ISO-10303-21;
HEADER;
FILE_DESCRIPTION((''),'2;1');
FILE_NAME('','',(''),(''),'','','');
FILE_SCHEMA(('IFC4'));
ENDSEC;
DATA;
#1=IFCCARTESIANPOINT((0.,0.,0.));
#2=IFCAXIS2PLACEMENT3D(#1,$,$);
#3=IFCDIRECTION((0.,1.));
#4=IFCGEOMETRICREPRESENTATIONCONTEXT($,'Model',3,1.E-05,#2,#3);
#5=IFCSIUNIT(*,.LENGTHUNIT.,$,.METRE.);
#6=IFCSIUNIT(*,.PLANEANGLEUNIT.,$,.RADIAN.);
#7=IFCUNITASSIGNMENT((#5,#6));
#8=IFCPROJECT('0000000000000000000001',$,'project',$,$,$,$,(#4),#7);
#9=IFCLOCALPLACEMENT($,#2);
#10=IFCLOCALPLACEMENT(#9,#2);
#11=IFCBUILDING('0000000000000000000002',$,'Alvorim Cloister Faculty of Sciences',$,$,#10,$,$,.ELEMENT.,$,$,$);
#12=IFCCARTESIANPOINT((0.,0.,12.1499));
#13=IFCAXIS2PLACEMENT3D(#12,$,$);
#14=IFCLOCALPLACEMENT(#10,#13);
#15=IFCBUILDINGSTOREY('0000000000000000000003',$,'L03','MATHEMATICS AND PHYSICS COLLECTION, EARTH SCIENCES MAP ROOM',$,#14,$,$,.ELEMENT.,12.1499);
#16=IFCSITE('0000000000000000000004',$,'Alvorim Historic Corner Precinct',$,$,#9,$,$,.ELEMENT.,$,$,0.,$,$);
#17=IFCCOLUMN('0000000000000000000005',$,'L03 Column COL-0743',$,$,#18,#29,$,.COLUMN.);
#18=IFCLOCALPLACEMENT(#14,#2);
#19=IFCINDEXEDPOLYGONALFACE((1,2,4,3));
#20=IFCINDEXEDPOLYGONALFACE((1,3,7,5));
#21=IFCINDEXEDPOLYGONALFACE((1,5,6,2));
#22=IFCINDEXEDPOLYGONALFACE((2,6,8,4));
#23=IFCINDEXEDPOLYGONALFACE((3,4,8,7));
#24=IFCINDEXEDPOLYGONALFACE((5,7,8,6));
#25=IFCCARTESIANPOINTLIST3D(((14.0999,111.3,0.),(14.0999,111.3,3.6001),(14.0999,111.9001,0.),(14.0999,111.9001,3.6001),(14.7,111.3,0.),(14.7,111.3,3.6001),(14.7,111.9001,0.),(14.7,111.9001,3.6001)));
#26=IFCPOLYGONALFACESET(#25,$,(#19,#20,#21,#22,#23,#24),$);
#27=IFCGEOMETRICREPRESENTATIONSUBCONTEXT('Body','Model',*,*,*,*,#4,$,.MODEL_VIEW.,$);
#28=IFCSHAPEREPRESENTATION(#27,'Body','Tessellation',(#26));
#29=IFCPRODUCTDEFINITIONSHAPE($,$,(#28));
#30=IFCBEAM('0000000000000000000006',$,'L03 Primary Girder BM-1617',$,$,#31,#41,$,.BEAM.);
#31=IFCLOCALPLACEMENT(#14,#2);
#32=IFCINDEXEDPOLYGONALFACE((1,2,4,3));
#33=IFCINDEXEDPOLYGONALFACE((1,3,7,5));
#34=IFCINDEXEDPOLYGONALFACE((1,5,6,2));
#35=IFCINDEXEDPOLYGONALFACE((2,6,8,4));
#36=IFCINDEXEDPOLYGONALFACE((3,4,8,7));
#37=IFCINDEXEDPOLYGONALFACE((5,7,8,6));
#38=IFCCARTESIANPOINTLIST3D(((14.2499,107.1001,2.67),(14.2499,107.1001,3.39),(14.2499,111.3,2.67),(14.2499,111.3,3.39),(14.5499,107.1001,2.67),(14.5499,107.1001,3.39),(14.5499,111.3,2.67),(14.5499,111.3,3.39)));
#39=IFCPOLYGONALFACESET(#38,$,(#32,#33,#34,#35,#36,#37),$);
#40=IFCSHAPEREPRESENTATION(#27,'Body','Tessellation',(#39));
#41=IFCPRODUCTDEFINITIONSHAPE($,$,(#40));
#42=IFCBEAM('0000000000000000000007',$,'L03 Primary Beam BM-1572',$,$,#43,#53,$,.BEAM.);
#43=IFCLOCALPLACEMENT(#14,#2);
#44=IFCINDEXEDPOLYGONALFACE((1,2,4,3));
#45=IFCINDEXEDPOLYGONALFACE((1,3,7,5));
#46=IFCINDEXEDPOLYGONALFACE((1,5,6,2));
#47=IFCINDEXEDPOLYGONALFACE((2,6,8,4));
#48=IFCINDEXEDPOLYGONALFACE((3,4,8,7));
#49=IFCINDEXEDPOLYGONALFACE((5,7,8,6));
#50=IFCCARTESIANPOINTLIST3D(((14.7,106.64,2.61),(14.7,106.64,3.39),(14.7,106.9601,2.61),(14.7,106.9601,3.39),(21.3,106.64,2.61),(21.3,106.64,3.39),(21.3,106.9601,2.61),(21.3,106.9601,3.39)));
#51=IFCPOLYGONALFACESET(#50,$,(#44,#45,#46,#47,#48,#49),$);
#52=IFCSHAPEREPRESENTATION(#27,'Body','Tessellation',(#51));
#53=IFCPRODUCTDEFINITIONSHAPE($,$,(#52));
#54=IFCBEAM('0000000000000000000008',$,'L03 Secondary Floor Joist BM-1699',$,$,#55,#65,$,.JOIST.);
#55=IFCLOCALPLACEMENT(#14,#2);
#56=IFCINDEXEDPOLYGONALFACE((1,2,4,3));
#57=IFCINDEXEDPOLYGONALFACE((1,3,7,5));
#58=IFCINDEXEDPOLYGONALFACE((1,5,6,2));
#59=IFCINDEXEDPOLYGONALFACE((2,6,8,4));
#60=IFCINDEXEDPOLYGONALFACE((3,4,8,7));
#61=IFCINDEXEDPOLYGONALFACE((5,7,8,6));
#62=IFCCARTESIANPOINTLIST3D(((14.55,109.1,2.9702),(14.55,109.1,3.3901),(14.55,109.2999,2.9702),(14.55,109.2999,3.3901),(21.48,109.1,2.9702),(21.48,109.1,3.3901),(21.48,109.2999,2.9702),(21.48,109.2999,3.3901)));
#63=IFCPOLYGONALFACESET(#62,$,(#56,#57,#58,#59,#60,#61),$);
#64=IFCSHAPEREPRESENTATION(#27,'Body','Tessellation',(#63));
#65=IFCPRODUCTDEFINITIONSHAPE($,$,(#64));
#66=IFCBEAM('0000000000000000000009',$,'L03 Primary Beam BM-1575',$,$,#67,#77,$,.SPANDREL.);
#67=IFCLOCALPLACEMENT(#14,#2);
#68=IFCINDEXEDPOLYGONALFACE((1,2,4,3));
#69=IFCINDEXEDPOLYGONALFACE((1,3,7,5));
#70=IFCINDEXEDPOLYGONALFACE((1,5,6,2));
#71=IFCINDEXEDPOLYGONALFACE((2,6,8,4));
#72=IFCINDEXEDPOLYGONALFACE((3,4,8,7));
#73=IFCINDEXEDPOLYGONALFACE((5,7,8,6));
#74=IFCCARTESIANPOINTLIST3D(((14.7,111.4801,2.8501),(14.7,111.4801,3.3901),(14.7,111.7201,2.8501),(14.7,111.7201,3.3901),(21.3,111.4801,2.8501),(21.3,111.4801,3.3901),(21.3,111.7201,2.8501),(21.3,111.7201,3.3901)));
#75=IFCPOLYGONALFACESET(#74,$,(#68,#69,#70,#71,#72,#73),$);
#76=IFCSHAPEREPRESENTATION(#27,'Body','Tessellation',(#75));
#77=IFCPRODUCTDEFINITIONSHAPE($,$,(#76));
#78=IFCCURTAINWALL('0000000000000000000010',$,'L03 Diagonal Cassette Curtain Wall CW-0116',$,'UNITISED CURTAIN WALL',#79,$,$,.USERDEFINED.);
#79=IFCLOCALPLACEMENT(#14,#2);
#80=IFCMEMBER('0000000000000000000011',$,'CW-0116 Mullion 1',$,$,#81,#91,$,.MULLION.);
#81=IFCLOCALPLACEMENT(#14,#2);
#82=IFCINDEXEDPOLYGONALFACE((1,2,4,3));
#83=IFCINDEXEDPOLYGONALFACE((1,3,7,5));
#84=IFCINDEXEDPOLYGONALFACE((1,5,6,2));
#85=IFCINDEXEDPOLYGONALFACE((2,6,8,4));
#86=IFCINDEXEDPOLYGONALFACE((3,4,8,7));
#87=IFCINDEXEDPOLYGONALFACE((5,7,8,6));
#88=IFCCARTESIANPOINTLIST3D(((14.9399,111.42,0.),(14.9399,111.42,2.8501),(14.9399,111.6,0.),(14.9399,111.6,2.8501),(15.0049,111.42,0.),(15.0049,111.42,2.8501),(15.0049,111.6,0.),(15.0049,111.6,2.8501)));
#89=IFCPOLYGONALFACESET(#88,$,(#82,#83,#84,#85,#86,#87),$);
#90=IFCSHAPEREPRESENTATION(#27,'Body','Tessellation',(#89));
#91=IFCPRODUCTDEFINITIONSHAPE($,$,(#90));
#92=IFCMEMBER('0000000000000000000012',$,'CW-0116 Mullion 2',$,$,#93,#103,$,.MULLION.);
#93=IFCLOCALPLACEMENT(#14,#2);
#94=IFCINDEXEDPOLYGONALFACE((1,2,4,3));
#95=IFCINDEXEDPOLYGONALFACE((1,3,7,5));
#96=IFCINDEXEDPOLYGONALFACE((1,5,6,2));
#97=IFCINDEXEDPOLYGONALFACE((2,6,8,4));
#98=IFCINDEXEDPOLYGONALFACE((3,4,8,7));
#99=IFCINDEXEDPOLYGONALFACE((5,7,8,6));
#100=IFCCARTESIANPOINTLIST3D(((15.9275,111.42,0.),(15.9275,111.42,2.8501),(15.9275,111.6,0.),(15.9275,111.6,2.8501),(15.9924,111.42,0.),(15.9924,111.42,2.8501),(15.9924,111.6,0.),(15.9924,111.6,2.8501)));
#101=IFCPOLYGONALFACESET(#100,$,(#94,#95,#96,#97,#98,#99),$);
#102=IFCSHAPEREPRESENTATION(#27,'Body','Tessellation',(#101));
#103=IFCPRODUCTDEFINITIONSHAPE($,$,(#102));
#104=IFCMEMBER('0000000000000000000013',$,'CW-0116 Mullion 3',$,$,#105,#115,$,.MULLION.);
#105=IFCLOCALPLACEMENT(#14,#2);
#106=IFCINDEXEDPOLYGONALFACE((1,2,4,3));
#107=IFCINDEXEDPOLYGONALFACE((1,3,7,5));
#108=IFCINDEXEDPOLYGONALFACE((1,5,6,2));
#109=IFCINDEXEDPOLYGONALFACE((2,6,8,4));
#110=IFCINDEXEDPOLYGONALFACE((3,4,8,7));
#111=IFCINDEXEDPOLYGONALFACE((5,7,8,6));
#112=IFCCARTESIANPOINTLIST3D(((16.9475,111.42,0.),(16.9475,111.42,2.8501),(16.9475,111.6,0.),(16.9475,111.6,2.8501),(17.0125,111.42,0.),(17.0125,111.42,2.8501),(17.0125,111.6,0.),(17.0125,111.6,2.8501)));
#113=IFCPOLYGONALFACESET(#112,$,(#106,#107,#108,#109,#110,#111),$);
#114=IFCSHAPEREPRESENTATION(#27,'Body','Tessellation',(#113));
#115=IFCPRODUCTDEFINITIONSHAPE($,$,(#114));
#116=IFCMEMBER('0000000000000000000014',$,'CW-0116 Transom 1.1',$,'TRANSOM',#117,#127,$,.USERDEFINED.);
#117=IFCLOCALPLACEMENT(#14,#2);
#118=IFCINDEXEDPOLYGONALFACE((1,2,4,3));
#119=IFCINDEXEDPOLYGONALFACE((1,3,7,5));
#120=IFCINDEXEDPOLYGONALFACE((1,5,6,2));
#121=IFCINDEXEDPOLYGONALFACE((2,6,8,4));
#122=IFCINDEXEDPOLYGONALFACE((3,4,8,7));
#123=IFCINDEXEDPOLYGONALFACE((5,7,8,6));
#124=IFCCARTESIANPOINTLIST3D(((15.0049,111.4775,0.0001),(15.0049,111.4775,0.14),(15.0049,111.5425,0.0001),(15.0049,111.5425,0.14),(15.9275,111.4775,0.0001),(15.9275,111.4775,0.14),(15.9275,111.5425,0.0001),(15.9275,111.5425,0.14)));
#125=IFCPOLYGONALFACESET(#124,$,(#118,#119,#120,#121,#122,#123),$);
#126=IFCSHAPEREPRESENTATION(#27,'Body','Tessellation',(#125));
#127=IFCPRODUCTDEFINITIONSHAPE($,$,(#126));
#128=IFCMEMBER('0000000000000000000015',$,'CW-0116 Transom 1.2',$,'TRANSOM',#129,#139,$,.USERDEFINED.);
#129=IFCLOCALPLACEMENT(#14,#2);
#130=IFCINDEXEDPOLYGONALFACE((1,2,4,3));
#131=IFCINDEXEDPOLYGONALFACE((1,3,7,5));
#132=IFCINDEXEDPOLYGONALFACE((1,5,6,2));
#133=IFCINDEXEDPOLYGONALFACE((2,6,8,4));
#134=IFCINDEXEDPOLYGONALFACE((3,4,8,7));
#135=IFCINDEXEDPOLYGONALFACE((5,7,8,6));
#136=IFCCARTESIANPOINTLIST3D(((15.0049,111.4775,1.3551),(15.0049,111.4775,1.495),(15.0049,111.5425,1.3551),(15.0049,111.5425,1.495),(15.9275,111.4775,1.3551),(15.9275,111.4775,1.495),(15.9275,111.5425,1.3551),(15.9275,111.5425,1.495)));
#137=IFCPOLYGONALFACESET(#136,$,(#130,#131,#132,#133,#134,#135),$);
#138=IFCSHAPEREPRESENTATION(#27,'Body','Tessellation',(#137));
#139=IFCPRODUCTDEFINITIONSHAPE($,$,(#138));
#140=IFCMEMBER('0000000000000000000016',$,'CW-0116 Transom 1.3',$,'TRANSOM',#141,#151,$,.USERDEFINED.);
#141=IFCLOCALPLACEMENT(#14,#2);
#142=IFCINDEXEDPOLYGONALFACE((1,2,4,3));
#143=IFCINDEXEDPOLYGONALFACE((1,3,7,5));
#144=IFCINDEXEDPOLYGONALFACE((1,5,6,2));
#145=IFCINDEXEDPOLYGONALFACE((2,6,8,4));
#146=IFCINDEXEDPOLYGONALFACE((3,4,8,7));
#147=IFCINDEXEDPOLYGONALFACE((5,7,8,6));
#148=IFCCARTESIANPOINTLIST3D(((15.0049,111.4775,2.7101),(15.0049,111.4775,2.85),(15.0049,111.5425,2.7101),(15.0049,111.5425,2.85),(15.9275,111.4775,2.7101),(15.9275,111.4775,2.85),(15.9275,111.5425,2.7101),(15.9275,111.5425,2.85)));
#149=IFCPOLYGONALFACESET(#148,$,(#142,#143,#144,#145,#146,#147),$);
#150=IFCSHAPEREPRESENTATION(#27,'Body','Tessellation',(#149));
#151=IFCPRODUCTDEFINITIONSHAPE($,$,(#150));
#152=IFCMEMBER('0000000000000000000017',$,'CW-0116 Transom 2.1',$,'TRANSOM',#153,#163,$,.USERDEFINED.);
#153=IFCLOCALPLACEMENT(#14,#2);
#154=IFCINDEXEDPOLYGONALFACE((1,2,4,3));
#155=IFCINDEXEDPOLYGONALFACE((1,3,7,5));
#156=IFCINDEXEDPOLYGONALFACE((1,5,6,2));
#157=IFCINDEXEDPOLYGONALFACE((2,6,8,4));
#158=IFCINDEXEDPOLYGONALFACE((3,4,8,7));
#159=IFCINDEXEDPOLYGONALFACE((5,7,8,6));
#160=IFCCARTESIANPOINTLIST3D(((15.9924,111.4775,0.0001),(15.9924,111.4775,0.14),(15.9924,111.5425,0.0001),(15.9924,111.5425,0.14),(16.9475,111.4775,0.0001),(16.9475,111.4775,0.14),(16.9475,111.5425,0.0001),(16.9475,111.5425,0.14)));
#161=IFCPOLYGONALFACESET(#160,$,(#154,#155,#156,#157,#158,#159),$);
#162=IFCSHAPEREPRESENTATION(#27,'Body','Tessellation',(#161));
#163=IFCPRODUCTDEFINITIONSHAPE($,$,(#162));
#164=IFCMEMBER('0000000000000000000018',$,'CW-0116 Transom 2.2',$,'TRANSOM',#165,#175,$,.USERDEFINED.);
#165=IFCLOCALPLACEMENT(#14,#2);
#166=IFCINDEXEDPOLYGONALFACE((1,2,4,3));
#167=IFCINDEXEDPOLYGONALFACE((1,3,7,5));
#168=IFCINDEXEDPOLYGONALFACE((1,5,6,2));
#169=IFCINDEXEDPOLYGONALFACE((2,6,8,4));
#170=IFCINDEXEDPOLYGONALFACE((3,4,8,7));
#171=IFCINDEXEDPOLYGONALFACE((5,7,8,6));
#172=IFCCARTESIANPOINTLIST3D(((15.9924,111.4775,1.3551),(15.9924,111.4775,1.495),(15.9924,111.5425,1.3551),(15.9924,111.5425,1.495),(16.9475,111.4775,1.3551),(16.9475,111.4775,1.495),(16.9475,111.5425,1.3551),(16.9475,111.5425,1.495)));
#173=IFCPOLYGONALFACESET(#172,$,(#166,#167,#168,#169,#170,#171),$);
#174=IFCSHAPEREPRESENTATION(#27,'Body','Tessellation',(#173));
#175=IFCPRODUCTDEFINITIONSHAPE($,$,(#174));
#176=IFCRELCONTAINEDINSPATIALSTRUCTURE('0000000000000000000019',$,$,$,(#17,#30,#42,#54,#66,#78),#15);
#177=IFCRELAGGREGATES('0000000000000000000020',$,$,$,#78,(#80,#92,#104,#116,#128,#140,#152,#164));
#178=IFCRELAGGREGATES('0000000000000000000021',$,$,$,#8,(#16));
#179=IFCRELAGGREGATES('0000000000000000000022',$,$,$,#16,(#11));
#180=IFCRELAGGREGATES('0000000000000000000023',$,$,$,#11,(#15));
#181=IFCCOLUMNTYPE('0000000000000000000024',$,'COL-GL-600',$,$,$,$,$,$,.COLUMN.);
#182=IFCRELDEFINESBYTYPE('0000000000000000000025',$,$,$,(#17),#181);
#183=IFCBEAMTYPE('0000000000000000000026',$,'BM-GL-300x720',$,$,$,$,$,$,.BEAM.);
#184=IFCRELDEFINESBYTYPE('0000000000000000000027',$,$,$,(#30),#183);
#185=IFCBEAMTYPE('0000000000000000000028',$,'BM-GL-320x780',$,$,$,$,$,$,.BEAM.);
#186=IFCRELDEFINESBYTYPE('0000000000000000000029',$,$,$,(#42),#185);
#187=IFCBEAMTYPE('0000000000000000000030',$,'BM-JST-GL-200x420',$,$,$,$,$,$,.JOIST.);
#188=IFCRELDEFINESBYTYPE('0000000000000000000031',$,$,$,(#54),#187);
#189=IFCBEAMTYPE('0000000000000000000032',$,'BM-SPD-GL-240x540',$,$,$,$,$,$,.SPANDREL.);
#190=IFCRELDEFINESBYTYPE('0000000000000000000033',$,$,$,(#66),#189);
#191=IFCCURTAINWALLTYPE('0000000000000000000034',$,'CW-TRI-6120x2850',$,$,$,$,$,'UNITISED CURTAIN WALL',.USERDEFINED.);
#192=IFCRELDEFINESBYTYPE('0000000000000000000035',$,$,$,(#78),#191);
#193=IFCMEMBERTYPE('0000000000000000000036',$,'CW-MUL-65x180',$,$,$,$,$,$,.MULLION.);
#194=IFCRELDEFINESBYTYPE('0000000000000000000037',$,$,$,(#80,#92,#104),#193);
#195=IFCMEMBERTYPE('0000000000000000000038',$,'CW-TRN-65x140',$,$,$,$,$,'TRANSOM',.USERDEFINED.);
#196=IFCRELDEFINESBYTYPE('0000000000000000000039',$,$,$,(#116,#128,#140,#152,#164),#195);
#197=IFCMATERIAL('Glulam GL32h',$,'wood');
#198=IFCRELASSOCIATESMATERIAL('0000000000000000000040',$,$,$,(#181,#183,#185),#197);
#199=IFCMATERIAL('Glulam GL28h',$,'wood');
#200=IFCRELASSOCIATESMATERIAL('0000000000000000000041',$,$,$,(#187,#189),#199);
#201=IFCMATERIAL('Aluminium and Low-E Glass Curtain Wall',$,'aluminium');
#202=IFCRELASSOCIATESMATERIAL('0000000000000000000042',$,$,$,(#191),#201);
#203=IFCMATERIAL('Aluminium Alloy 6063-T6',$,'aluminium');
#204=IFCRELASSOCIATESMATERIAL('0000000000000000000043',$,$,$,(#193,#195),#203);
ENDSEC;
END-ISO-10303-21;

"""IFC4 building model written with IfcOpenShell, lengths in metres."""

from ifc_helpers import new_model, si_unit, direction, frame, origin, origin_2d, place, context, subcontext, project, spatial, rectangle, extrude, material, material_profile, profile_set, type_object, element, aggregate, save


model = new_model("IFC4")

# Units and contexts
model_context = context("Model", 3, precision=1e-05, world=origin(), true_north=direction((0.0, 1.0)))
body_context = subcontext(model_context, "Body", "Model", "MODEL_VIEW")
ifc_project = project(units=[si_unit("LENGTHUNIT", "METRE"), si_unit("PLANEANGLEUNIT", "RADIAN")], contexts=[model_context])

# Site, building, storey
site_placement = place(None, origin())
site = spatial("IfcSite", under=ifc_project, at=site_placement, Name="Alvorim Historic Corner Precinct", CompositionType="ELEMENT", RefElevation=0.0)
building_placement = place(site_placement, origin())
building = spatial("IfcBuilding", under=site, at=building_placement, Name="Alvorim Cloister Faculty of Sciences", CompositionType="ELEMENT")
storey_placement = place(building_placement, frame((0.0, 0.0, 12.1499)))
storey = spatial("IfcBuildingStorey", under=building, at=storey_placement, Name="L03", Description="MATHEMATICS AND PHYSICS COLLECTION, EARTH SCIENCES MAP ROOM", CompositionType="ELEMENT", Elevation=12.1499)

# Column
ifc_material_1 = material(Name="Glulam GL32h", Category="wood")
ifc_material_profile_1 = material_profile(ifc_material_1, rectangle(XDim=0.6001, YDim=0.6001, at=origin_2d()), Name="GL32-COL-600x600")
ifc_profile_set_1 = profile_set([ifc_material_profile_1], Name="Glulam GL32h")
column_type = type_object("IfcColumnType", Name="COL-GL-600", PredefinedType="COLUMN", material=ifc_profile_set_1)
column_placement = place(storey_placement, frame((14.3999, 111.6001, 0.0), z_axis=(0.0, 0.0, 1.0), x_axis=(1.0, 0.0, 0.0)))
element("IfcColumn", 1, at=column_placement, inside=storey, type_object=column_type, Name="L03 Column COL-0743", PredefinedType="COLUMN", context=body_context, shape_type="SweptSolid", body=[
    extrude(rectangle(XDim=0.6001, YDim=0.6001, at=origin_2d()), origin(), (0.0, 0.0, 1.0), 3.6001),
])

# Beams
ifc_material_profile_2 = material_profile(ifc_material_1, rectangle(XDim=0.3, YDim=0.72, at=origin_2d()), Name="GL32-BM-300x720")
ifc_profile_set_2 = profile_set([ifc_material_profile_2], Name="Glulam GL32h")
beam_type_1 = type_object("IfcBeamType", Name="BM-GL-300x720", PredefinedType="BEAM", material=ifc_profile_set_2)
beam_1_placement = place(storey_placement, frame((14.3999, 107.1001, 3.03), z_axis=(0.0, 1.0, 0.0), x_axis=(-1.0, 0.0, 0.0)))
element("IfcBeam", 2, at=beam_1_placement, inside=storey, type_object=beam_type_1, Name="L03 Primary Girder BM-1617", PredefinedType="BEAM", context=body_context, shape_type="SweptSolid", body=[
    extrude(rectangle(XDim=0.3, YDim=0.72, at=origin_2d()), origin(), (0.0, 0.0, 1.0), 4.2),
])
ifc_material_profile_3 = material_profile(ifc_material_1, rectangle(XDim=0.3201, YDim=0.78, at=origin_2d()), Name="GL32-BM-320x780")
ifc_profile_set_3 = profile_set([ifc_material_profile_3], Name="Glulam GL32h")
beam_type_2 = type_object("IfcBeamType", Name="BM-GL-320x780", PredefinedType="BEAM", material=ifc_profile_set_3)
beam_2_placement = place(storey_placement, frame((14.7, 106.8, 3.0), z_axis=(1.0, 0.0, 0.0), x_axis=(0.0, 1.0, 0.0)))
element("IfcBeam", 3, at=beam_2_placement, inside=storey, type_object=beam_type_2, Name="L03 Primary Beam BM-1572", PredefinedType="BEAM", context=body_context, shape_type="SweptSolid", body=[
    extrude(rectangle(XDim=0.3201, YDim=0.78, at=origin_2d()), origin(), (0.0, 0.0, 1.0), 6.6001),
])
ifc_material_2 = material(Name="Glulam GL28h", Category="wood")
ifc_material_profile_4 = material_profile(ifc_material_2, rectangle(XDim=0.2, YDim=0.4199, at=origin_2d()), Name="GL28-JST-200x420")
ifc_profile_set_4 = profile_set([ifc_material_profile_4], Name="Glulam GL28h")
beam_type_3 = type_object("IfcBeamType", Name="BM-JST-GL-200x420", PredefinedType="JOIST", material=ifc_profile_set_4)
beam_3_placement = place(storey_placement, frame((14.55, 109.2, 3.1802), z_axis=(1.0, 0.0, 0.0), x_axis=(0.0, 1.0, 0.0)))
element("IfcBeam", 4, at=beam_3_placement, inside=storey, type_object=beam_type_3, Name="L03 Secondary Floor Joist BM-1699", PredefinedType="JOIST", context=body_context, shape_type="SweptSolid", body=[
    extrude(rectangle(XDim=0.2, YDim=0.4199, at=origin_2d()), origin(), (0.0, 0.0, 1.0), 6.9299),
])
ifc_material_profile_5 = material_profile(ifc_material_2, rectangle(XDim=0.24, YDim=0.54, at=origin_2d()), Name="GL28-SPD-240x540")
ifc_profile_set_5 = profile_set([ifc_material_profile_5], Name="Glulam GL28h")
beam_type_4 = type_object("IfcBeamType", Name="BM-SPD-GL-240x540", PredefinedType="SPANDREL", material=ifc_profile_set_5)
beam_4_placement = place(storey_placement, frame((14.7, 111.6001, 3.1201), z_axis=(1.0, 0.0, 0.0), x_axis=(0.0, 1.0, 0.0)))
element("IfcBeam", 5, at=beam_4_placement, inside=storey, type_object=beam_type_4, Name="L03 Primary Beam BM-1575", PredefinedType="SPANDREL", context=body_context, shape_type="SweptSolid", body=[
    extrude(rectangle(XDim=0.24, YDim=0.54, at=origin_2d()), origin(), (0.0, 0.0, 1.0), 6.6001),
])

# Curtain wall, members
ifc_material_3 = material(Name="Aluminium and Low-E Glass Curtain Wall", Category="aluminium")
curtain_wall_type = type_object("IfcCurtainWallType", Name="CW-TRI-6120x2850", ElementType="UNITISED CURTAIN WALL", PredefinedType="USERDEFINED", material=ifc_material_3)
curtain_wall_placement = place(storey_placement, origin())
curtain_wall = element("IfcCurtainWall", 6, at=curtain_wall_placement, inside=storey, type_object=curtain_wall_type, Name="L03 Diagonal Cassette Curtain Wall CW-0116", ObjectType="UNITISED CURTAIN WALL", PredefinedType="USERDEFINED")
ifc_material_4 = material(Name="Aluminium Alloy 6063-T6", Category="aluminium")
ifc_material_profile_6 = material_profile(ifc_material_4, rectangle(XDim=0.0649, YDim=0.1799, at=origin_2d()), Name="ALU-MUL-65x180")
ifc_profile_set_6 = profile_set([ifc_material_profile_6], Name="Aluminium Alloy 6063-T6")
member_type_1 = type_object("IfcMemberType", Name="CW-MUL-65x180", PredefinedType="MULLION", material=ifc_profile_set_6)
member_1_placement = place(storey_placement, frame((14.9724, 111.51, 0.0), z_axis=(0.0, 0.0, 1.0), x_axis=(1.0, 0.0, 0.0)))
member_1 = element("IfcMember", 7, at=member_1_placement, type_object=member_type_1, Name="CW-0116 Mullion 1", PredefinedType="MULLION", context=body_context, shape_type="SweptSolid", body=[
    extrude(rectangle(XDim=0.0649, YDim=0.1799, at=origin_2d()), origin(), (0.0, 0.0, 1.0), 2.8501),
])
member_2_placement = place(storey_placement, frame((15.96, 111.51, 0.0), z_axis=(0.0, 0.0, 1.0), x_axis=(1.0, 0.0, 0.0)))
member_2 = element("IfcMember", 8, at=member_2_placement, type_object=member_type_1, Name="CW-0116 Mullion 2", PredefinedType="MULLION", context=body_context, shape_type="SweptSolid", body=[
    extrude(rectangle(XDim=0.0649, YDim=0.1799, at=origin_2d()), origin(), (0.0, 0.0, 1.0), 2.8501),
])
member_3_placement = place(storey_placement, frame((16.98, 111.51, 0.0), z_axis=(0.0, 0.0, 1.0), x_axis=(1.0, 0.0, 0.0)))
member_3 = element("IfcMember", 9, at=member_3_placement, type_object=member_type_1, Name="CW-0116 Mullion 3", PredefinedType="MULLION", context=body_context, shape_type="SweptSolid", body=[
    extrude(rectangle(XDim=0.0649, YDim=0.1799, at=origin_2d()), origin(), (0.0, 0.0, 1.0), 2.8501),
])
ifc_material_profile_7 = material_profile(ifc_material_4, rectangle(XDim=0.0649, YDim=0.1399, at=origin_2d()), Name="ALU-TRN-65x140")
ifc_profile_set_7 = profile_set([ifc_material_profile_7], Name="Aluminium Alloy 6063-T6")
member_type_2 = type_object("IfcMemberType", Name="CW-TRN-65x140", ElementType="TRANSOM", PredefinedType="USERDEFINED", material=ifc_profile_set_7)
member_4_placement = place(storey_placement, frame((15.0049, 111.51, 0.0701), z_axis=(1.0, 0.0, 0.0), x_axis=(0.0, 1.0, 0.0)))
member_4 = element("IfcMember", 10, at=member_4_placement, type_object=member_type_2, Name="CW-0116 Transom 1.1", ObjectType="TRANSOM", PredefinedType="USERDEFINED", context=body_context, shape_type="SweptSolid", body=[
    extrude(rectangle(XDim=0.0649, YDim=0.1399, at=origin_2d()), origin(), (0.0, 0.0, 1.0), 0.9226),
])
member_5_placement = place(storey_placement, frame((15.0049, 111.51, 1.425), z_axis=(1.0, 0.0, 0.0), x_axis=(0.0, 1.0, 0.0)))
member_5 = element("IfcMember", 11, at=member_5_placement, type_object=member_type_2, Name="CW-0116 Transom 1.2", ObjectType="TRANSOM", PredefinedType="USERDEFINED", context=body_context, shape_type="SweptSolid", body=[
    extrude(rectangle(XDim=0.0649, YDim=0.1399, at=origin_2d()), origin(), (0.0, 0.0, 1.0), 0.9226),
])
member_6_placement = place(storey_placement, frame((15.0049, 111.51, 2.78), z_axis=(1.0, 0.0, 0.0), x_axis=(0.0, 1.0, 0.0)))
member_6 = element("IfcMember", 12, at=member_6_placement, type_object=member_type_2, Name="CW-0116 Transom 1.3", ObjectType="TRANSOM", PredefinedType="USERDEFINED", context=body_context, shape_type="SweptSolid", body=[
    extrude(rectangle(XDim=0.0649, YDim=0.1399, at=origin_2d()), origin(), (0.0, 0.0, 1.0), 0.9226),
])
member_7_placement = place(storey_placement, frame((15.9924, 111.51, 0.0701), z_axis=(1.0, 0.0, 0.0), x_axis=(0.0, 1.0, 0.0)))
member_7 = element("IfcMember", 13, at=member_7_placement, type_object=member_type_2, Name="CW-0116 Transom 2.1", ObjectType="TRANSOM", PredefinedType="USERDEFINED", context=body_context, shape_type="SweptSolid", body=[
    extrude(rectangle(XDim=0.0649, YDim=0.1399, at=origin_2d()), origin(), (0.0, 0.0, 1.0), 0.9551),
])
member_8_placement = place(storey_placement, frame((15.9924, 111.51, 1.425), z_axis=(1.0, 0.0, 0.0), x_axis=(0.0, 1.0, 0.0)))
member_8 = element("IfcMember", 14, at=member_8_placement, type_object=member_type_2, Name="CW-0116 Transom 2.2", ObjectType="TRANSOM", PredefinedType="USERDEFINED", context=body_context, shape_type="SweptSolid", body=[
    extrude(rectangle(XDim=0.0649, YDim=0.1399, at=origin_2d()), origin(), (0.0, 0.0, 1.0), 0.9551),
])
aggregate(curtain_wall, [member_1, member_2, member_3, member_4, member_5, member_6, member_7, member_8])

save(model, "model.ifc")
